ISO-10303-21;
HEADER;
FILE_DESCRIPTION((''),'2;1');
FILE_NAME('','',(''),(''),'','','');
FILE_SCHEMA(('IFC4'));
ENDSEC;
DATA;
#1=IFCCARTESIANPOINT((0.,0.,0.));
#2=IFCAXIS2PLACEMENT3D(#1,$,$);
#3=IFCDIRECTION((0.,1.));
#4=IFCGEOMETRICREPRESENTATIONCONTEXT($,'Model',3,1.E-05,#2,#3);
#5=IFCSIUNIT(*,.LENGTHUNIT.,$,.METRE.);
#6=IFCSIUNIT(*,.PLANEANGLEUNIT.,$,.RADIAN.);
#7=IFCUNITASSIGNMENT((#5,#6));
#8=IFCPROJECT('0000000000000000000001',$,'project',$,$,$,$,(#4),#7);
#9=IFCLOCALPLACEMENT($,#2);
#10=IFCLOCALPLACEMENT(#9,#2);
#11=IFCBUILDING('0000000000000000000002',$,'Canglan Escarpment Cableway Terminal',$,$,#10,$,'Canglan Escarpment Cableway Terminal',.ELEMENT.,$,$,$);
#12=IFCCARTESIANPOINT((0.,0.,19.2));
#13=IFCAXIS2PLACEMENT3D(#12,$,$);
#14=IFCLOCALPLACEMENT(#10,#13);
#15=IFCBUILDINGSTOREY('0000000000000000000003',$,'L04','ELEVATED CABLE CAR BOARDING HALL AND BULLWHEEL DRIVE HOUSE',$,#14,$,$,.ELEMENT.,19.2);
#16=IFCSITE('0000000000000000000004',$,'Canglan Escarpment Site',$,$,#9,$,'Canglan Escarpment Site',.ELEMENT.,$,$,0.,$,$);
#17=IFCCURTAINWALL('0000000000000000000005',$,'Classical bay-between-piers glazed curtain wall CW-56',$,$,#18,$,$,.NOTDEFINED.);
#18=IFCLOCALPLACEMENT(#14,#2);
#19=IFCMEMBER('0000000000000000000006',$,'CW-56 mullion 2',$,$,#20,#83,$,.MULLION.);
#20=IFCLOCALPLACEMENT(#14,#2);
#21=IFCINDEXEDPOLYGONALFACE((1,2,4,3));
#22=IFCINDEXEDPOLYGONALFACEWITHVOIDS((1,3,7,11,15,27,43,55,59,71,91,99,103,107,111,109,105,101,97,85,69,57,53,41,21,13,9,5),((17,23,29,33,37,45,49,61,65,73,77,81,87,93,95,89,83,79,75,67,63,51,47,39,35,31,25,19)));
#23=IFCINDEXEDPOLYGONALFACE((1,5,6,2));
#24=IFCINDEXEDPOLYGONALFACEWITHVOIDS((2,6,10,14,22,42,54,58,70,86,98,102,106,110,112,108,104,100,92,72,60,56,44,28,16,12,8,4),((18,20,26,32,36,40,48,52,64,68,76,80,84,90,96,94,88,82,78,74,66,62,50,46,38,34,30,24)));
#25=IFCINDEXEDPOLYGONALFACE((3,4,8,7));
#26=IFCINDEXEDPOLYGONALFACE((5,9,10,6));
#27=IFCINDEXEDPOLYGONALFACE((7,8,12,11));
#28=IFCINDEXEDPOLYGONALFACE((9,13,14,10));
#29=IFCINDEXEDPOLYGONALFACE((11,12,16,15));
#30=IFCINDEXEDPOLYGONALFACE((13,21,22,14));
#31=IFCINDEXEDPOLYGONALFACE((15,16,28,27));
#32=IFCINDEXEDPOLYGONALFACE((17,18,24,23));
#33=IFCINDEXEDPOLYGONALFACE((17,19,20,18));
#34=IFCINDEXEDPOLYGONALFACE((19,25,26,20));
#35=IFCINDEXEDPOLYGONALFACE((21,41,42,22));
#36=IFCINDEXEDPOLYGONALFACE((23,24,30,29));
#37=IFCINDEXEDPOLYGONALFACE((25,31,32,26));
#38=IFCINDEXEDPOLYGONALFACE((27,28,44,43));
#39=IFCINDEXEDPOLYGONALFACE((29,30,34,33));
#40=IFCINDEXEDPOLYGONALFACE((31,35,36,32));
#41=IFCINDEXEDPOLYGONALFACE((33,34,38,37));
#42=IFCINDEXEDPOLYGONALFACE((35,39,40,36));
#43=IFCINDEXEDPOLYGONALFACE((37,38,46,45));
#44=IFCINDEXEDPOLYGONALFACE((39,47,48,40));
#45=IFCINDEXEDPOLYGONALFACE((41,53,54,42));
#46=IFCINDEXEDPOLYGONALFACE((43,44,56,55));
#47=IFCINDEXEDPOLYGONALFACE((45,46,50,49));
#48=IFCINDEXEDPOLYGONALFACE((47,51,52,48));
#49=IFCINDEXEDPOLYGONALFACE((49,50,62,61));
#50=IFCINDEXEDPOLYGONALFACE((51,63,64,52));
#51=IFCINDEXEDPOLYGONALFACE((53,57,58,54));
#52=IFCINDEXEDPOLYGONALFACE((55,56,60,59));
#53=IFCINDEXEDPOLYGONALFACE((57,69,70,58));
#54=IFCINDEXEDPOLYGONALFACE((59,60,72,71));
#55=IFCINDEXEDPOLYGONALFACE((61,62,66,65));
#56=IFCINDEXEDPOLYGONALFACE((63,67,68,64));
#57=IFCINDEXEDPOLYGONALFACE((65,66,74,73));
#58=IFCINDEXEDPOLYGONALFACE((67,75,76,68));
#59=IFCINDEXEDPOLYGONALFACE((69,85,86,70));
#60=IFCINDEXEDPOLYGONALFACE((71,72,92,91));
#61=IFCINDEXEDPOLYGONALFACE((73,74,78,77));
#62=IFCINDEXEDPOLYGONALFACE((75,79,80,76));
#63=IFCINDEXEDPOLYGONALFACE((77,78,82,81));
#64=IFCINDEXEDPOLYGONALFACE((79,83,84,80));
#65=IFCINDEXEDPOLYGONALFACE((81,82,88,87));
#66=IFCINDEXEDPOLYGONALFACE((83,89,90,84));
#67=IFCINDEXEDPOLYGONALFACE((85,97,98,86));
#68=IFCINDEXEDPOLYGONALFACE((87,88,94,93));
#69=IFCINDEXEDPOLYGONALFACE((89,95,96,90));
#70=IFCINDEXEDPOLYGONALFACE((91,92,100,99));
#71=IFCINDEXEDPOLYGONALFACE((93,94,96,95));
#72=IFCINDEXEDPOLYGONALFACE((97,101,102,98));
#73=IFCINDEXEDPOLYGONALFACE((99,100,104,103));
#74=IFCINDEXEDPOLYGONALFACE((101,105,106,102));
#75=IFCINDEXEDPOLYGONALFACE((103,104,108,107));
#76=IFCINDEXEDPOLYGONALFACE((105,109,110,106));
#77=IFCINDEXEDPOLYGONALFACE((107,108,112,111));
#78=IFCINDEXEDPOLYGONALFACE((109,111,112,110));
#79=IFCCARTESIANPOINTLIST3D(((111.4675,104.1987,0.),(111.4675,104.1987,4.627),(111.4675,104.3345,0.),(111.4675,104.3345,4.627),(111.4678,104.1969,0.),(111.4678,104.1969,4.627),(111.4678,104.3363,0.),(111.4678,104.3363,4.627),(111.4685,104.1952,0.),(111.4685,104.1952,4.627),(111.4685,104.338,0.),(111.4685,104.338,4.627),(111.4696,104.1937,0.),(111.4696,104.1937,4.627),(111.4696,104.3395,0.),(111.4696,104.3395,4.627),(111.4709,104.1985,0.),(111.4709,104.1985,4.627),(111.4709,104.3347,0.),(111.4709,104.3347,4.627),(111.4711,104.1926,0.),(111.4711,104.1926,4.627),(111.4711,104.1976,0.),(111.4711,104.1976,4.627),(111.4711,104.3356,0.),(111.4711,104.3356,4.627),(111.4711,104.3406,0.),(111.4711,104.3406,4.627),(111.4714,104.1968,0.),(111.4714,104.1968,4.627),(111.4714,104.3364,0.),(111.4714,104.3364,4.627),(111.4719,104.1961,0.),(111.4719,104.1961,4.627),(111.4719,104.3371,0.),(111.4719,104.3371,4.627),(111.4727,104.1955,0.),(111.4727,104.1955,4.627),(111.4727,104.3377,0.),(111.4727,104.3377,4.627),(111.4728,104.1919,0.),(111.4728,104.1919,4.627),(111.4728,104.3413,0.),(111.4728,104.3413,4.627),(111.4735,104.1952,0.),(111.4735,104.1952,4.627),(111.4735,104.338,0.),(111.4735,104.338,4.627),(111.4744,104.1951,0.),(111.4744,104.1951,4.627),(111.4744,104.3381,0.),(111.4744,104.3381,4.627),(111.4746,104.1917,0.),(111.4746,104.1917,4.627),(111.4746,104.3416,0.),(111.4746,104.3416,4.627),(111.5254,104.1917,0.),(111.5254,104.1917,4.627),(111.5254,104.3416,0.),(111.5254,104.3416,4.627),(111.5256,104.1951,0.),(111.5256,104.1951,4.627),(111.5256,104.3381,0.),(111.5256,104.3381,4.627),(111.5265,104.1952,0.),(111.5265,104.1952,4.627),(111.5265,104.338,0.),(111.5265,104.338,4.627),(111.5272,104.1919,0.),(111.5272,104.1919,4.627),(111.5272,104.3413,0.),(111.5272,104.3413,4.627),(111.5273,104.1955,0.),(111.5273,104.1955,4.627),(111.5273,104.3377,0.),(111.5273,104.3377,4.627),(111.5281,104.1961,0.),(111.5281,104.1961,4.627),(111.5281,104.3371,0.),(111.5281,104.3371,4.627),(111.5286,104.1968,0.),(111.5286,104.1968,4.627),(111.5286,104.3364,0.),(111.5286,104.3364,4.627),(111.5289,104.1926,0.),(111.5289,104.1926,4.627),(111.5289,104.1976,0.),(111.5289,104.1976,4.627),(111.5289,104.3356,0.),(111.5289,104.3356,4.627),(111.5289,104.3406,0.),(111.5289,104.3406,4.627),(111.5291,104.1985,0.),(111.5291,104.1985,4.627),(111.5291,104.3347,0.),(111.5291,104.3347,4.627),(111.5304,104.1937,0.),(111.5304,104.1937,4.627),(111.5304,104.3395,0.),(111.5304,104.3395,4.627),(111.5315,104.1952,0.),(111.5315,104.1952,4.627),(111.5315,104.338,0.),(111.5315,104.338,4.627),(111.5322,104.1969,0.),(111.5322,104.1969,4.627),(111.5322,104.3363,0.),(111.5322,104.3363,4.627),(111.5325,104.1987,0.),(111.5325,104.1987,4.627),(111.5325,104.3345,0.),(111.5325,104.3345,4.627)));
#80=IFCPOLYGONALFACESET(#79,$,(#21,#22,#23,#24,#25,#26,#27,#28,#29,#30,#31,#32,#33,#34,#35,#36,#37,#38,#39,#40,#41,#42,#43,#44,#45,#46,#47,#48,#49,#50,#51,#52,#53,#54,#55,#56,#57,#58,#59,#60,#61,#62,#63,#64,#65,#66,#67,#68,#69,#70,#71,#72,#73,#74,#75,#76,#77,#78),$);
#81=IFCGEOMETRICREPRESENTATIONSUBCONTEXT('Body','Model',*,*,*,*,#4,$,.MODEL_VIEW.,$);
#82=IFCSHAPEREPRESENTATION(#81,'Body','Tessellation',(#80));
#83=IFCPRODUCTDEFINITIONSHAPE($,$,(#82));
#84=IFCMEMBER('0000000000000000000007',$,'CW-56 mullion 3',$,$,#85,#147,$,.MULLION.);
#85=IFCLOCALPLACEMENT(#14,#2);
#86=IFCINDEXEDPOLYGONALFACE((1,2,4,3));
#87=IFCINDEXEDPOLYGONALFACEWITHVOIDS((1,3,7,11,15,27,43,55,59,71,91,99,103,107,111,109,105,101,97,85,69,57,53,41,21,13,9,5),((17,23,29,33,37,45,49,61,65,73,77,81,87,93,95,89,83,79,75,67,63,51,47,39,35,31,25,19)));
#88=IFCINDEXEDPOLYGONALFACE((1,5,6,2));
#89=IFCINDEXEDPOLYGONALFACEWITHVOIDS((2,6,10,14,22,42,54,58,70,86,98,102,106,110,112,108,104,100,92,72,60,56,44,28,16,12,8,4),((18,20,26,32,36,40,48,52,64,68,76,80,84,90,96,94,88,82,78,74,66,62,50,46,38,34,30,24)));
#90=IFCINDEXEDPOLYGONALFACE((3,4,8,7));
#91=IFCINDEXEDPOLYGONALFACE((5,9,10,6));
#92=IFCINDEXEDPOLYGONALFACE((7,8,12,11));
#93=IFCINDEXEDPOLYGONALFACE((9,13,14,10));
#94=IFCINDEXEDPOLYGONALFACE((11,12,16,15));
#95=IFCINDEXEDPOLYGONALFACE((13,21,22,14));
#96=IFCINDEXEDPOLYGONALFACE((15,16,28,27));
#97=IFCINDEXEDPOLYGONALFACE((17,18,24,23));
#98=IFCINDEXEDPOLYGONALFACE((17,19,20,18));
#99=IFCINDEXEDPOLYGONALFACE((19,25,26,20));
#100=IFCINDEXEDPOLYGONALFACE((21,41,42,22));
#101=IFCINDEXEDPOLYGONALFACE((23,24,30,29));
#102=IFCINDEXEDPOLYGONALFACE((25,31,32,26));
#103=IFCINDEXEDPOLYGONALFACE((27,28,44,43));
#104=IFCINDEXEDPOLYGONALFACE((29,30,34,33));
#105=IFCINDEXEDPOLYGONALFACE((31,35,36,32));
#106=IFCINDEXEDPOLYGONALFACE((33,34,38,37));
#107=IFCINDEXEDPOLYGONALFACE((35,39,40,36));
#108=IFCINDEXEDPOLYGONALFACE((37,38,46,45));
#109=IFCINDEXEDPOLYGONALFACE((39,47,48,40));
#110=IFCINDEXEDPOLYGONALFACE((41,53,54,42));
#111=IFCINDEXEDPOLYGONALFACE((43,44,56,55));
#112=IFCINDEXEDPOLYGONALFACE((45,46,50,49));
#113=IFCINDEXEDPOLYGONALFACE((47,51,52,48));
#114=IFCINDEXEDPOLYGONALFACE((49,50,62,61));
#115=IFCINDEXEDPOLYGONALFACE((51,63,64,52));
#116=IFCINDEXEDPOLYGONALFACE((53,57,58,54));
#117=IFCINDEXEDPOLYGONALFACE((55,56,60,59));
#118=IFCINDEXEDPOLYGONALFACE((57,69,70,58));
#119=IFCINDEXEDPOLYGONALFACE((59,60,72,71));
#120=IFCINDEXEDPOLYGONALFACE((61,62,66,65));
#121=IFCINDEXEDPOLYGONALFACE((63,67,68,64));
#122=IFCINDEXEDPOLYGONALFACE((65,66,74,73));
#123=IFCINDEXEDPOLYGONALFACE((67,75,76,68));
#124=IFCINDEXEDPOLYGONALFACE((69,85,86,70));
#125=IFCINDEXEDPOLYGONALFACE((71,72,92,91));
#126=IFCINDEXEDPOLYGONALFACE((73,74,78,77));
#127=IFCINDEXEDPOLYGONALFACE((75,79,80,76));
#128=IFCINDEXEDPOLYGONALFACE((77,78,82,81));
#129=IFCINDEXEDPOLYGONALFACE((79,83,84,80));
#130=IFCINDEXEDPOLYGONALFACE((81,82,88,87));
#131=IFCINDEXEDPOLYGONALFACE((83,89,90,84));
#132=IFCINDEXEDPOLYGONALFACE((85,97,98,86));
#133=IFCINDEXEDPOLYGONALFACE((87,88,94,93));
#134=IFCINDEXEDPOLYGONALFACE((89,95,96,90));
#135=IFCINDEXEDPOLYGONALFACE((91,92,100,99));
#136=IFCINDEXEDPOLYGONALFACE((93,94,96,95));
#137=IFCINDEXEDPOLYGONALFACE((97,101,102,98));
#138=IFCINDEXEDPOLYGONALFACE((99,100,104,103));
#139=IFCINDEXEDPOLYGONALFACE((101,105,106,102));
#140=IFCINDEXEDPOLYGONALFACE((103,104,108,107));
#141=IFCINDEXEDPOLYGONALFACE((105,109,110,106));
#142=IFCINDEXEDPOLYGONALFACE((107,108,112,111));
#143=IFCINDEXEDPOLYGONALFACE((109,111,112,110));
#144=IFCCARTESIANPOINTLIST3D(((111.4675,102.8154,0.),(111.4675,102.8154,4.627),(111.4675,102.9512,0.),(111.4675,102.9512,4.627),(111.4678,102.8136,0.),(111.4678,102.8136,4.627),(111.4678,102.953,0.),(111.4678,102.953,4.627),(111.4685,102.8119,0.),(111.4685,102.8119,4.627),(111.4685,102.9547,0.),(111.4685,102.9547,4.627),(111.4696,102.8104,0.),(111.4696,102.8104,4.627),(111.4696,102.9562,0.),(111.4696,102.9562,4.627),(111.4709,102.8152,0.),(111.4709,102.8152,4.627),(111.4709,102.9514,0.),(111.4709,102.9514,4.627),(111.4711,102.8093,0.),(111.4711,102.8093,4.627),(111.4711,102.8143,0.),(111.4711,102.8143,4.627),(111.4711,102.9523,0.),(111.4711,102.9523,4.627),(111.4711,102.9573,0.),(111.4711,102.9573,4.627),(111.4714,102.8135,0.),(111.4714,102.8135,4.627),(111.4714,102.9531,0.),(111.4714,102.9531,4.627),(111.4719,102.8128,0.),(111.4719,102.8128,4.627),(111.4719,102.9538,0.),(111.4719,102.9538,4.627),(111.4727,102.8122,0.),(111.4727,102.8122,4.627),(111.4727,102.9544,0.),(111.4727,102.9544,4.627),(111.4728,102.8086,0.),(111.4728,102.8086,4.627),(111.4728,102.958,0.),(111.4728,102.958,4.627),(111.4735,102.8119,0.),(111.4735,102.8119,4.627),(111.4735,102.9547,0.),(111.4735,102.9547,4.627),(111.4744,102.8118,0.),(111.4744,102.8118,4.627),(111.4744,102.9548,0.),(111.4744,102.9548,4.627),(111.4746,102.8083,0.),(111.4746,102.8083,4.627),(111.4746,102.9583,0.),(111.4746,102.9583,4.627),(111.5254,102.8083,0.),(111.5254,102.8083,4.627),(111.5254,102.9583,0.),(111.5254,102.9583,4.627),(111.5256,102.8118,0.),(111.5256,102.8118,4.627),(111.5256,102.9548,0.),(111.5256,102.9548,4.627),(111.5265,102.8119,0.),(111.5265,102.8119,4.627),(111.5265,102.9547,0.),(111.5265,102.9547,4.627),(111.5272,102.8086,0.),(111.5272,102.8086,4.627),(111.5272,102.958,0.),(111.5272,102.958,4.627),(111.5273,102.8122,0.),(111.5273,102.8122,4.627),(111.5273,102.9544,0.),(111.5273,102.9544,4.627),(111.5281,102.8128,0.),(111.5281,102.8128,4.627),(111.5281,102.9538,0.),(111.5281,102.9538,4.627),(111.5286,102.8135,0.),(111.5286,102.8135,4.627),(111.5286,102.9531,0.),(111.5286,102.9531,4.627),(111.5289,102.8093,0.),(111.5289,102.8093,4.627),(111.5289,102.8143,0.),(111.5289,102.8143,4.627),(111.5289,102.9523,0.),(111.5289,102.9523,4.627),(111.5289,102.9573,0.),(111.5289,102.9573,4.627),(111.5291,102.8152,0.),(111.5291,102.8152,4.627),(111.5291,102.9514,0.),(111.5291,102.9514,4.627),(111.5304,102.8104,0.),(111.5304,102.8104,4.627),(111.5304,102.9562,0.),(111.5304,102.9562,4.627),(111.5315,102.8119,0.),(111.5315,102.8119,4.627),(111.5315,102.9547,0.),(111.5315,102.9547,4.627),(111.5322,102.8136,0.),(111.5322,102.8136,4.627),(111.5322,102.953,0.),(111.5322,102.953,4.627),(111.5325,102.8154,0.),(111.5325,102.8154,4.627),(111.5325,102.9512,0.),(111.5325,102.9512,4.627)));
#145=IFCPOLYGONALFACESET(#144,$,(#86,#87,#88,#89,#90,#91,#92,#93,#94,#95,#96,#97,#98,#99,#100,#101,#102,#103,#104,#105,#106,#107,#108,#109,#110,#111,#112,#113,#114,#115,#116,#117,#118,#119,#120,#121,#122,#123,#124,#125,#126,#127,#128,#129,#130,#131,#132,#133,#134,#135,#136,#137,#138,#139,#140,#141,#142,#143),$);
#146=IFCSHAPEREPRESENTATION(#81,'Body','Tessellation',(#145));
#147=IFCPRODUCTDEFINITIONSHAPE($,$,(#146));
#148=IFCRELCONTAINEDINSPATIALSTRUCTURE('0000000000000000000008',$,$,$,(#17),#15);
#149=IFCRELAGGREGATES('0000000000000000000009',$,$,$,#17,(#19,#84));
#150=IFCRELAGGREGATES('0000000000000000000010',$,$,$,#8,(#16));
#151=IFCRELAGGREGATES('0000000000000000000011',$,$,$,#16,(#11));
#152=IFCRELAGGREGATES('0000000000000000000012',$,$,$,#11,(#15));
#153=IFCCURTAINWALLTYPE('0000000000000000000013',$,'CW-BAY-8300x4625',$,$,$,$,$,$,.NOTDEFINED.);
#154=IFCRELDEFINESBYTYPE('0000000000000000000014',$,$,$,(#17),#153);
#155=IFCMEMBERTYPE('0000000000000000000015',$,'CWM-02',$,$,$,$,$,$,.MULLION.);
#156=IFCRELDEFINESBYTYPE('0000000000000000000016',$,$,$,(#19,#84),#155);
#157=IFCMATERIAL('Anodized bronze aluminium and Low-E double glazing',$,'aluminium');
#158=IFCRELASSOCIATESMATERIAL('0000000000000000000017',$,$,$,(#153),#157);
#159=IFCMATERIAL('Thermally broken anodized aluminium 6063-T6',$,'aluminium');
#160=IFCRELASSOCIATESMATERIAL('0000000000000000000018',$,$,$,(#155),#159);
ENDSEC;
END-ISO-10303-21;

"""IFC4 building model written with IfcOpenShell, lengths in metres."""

from ifc_helpers import new_model, si_unit, direction, frame, origin, origin_2d, place, context, subcontext, project, spatial, hollow_rectangle, extrude, material, material_profile, profile_set, type_object, element, aggregate, save


model = new_model("IFC4")

# Units and contexts
model_context = context("Model", 3, precision=1e-05, world=origin(), true_north=direction((0.0, 1.0)))
body_context = subcontext(model_context, "Body", "Model", "MODEL_VIEW")
ifc_project = project(units=[si_unit("LENGTHUNIT", "METRE"), si_unit("PLANEANGLEUNIT", "RADIAN")], contexts=[model_context])

# Site, building, storey
site_placement = place(None, origin())
site = spatial("IfcSite", under=ifc_project, at=site_placement, Name="Canglan Escarpment Site", LongName="Canglan Escarpment Site", CompositionType="ELEMENT", RefElevation=0.0)
building_placement = place(site_placement, origin())
building = spatial("IfcBuilding", under=site, at=building_placement, Name="Canglan Escarpment Cableway Terminal", LongName="Canglan Escarpment Cableway Terminal", CompositionType="ELEMENT")
storey_placement = place(building_placement, frame((0.0, 0.0, 19.2)))
storey = spatial("IfcBuildingStorey", under=building, at=storey_placement, Name="L04", Description="ELEVATED CABLE CAR BOARDING HALL AND BULLWHEEL DRIVE HOUSE", CompositionType="ELEMENT", Elevation=19.2)

# Curtain wall, members
ifc_material_1 = material(Name="Anodized bronze aluminium and Low-E double glazing", Category="aluminium")
curtain_wall_type = type_object("IfcCurtainWallType", Name="CW-BAY-8300x4625", PredefinedType="NOTDEFINED", material=ifc_material_1)
curtain_wall_placement = place(storey_placement, origin())
curtain_wall = element("IfcCurtainWall", 1, at=curtain_wall_placement, inside=storey, type_object=curtain_wall_type, Name="Classical bay-between-piers glazed curtain wall CW-56", PredefinedType="NOTDEFINED")
ifc_material_2 = material(Name="Thermally broken anodized aluminium 6063-T6", Category="aluminium")
ifc_material_profile_1 = material_profile(ifc_material_2, hollow_rectangle(XDim=0.0649, YDim=0.1499, WallThickness=0.0034, InnerFilletRadius=0.0034, OuterFilletRadius=0.0071, at=origin_2d()), Name="ALU-MULL 65x150x3.5")
ifc_profile_set_1 = profile_set([ifc_material_profile_1], Name="Thermally broken anodized aluminium 6063-T6")
member_type_1 = type_object("IfcMemberType", Name="CWM-02", PredefinedType="MULLION", material=ifc_profile_set_1)
member_1_placement = place(storey_placement, frame((111.5, 104.2666, 0.0), z_axis=(0.0, 0.0, 1.0), x_axis=(1.0, 0.0, 0.0)))
member_1 = element("IfcMember", 2, at=member_1_placement, type_object=member_type_1, Name="CW-56 mullion 2", PredefinedType="MULLION", context=body_context, shape_type="SweptSolid", body=[
    extrude(hollow_rectangle(XDim=0.0649, YDim=0.1499, WallThickness=0.0034, InnerFilletRadius=0.0034, OuterFilletRadius=0.0071, at=origin_2d()), origin(), (0.0, 0.0, 1.0), 4.627),
])
member_2_placement = place(storey_placement, frame((111.5, 102.8833, 0.0), z_axis=(0.0, 0.0, 1.0), x_axis=(1.0, 0.0, 0.0)))
member_2 = element("IfcMember", 3, at=member_2_placement, type_object=member_type_1, Name="CW-56 mullion 3", PredefinedType="MULLION", context=body_context, shape_type="SweptSolid", body=[
    extrude(hollow_rectangle(XDim=0.0649, YDim=0.1499, WallThickness=0.0034, InnerFilletRadius=0.0034, OuterFilletRadius=0.0071, at=origin_2d()), origin(), (0.0, 0.0, 1.0), 4.627),
])
aggregate(curtain_wall, [member_1, member_2])

save(model, "model.ifc")
